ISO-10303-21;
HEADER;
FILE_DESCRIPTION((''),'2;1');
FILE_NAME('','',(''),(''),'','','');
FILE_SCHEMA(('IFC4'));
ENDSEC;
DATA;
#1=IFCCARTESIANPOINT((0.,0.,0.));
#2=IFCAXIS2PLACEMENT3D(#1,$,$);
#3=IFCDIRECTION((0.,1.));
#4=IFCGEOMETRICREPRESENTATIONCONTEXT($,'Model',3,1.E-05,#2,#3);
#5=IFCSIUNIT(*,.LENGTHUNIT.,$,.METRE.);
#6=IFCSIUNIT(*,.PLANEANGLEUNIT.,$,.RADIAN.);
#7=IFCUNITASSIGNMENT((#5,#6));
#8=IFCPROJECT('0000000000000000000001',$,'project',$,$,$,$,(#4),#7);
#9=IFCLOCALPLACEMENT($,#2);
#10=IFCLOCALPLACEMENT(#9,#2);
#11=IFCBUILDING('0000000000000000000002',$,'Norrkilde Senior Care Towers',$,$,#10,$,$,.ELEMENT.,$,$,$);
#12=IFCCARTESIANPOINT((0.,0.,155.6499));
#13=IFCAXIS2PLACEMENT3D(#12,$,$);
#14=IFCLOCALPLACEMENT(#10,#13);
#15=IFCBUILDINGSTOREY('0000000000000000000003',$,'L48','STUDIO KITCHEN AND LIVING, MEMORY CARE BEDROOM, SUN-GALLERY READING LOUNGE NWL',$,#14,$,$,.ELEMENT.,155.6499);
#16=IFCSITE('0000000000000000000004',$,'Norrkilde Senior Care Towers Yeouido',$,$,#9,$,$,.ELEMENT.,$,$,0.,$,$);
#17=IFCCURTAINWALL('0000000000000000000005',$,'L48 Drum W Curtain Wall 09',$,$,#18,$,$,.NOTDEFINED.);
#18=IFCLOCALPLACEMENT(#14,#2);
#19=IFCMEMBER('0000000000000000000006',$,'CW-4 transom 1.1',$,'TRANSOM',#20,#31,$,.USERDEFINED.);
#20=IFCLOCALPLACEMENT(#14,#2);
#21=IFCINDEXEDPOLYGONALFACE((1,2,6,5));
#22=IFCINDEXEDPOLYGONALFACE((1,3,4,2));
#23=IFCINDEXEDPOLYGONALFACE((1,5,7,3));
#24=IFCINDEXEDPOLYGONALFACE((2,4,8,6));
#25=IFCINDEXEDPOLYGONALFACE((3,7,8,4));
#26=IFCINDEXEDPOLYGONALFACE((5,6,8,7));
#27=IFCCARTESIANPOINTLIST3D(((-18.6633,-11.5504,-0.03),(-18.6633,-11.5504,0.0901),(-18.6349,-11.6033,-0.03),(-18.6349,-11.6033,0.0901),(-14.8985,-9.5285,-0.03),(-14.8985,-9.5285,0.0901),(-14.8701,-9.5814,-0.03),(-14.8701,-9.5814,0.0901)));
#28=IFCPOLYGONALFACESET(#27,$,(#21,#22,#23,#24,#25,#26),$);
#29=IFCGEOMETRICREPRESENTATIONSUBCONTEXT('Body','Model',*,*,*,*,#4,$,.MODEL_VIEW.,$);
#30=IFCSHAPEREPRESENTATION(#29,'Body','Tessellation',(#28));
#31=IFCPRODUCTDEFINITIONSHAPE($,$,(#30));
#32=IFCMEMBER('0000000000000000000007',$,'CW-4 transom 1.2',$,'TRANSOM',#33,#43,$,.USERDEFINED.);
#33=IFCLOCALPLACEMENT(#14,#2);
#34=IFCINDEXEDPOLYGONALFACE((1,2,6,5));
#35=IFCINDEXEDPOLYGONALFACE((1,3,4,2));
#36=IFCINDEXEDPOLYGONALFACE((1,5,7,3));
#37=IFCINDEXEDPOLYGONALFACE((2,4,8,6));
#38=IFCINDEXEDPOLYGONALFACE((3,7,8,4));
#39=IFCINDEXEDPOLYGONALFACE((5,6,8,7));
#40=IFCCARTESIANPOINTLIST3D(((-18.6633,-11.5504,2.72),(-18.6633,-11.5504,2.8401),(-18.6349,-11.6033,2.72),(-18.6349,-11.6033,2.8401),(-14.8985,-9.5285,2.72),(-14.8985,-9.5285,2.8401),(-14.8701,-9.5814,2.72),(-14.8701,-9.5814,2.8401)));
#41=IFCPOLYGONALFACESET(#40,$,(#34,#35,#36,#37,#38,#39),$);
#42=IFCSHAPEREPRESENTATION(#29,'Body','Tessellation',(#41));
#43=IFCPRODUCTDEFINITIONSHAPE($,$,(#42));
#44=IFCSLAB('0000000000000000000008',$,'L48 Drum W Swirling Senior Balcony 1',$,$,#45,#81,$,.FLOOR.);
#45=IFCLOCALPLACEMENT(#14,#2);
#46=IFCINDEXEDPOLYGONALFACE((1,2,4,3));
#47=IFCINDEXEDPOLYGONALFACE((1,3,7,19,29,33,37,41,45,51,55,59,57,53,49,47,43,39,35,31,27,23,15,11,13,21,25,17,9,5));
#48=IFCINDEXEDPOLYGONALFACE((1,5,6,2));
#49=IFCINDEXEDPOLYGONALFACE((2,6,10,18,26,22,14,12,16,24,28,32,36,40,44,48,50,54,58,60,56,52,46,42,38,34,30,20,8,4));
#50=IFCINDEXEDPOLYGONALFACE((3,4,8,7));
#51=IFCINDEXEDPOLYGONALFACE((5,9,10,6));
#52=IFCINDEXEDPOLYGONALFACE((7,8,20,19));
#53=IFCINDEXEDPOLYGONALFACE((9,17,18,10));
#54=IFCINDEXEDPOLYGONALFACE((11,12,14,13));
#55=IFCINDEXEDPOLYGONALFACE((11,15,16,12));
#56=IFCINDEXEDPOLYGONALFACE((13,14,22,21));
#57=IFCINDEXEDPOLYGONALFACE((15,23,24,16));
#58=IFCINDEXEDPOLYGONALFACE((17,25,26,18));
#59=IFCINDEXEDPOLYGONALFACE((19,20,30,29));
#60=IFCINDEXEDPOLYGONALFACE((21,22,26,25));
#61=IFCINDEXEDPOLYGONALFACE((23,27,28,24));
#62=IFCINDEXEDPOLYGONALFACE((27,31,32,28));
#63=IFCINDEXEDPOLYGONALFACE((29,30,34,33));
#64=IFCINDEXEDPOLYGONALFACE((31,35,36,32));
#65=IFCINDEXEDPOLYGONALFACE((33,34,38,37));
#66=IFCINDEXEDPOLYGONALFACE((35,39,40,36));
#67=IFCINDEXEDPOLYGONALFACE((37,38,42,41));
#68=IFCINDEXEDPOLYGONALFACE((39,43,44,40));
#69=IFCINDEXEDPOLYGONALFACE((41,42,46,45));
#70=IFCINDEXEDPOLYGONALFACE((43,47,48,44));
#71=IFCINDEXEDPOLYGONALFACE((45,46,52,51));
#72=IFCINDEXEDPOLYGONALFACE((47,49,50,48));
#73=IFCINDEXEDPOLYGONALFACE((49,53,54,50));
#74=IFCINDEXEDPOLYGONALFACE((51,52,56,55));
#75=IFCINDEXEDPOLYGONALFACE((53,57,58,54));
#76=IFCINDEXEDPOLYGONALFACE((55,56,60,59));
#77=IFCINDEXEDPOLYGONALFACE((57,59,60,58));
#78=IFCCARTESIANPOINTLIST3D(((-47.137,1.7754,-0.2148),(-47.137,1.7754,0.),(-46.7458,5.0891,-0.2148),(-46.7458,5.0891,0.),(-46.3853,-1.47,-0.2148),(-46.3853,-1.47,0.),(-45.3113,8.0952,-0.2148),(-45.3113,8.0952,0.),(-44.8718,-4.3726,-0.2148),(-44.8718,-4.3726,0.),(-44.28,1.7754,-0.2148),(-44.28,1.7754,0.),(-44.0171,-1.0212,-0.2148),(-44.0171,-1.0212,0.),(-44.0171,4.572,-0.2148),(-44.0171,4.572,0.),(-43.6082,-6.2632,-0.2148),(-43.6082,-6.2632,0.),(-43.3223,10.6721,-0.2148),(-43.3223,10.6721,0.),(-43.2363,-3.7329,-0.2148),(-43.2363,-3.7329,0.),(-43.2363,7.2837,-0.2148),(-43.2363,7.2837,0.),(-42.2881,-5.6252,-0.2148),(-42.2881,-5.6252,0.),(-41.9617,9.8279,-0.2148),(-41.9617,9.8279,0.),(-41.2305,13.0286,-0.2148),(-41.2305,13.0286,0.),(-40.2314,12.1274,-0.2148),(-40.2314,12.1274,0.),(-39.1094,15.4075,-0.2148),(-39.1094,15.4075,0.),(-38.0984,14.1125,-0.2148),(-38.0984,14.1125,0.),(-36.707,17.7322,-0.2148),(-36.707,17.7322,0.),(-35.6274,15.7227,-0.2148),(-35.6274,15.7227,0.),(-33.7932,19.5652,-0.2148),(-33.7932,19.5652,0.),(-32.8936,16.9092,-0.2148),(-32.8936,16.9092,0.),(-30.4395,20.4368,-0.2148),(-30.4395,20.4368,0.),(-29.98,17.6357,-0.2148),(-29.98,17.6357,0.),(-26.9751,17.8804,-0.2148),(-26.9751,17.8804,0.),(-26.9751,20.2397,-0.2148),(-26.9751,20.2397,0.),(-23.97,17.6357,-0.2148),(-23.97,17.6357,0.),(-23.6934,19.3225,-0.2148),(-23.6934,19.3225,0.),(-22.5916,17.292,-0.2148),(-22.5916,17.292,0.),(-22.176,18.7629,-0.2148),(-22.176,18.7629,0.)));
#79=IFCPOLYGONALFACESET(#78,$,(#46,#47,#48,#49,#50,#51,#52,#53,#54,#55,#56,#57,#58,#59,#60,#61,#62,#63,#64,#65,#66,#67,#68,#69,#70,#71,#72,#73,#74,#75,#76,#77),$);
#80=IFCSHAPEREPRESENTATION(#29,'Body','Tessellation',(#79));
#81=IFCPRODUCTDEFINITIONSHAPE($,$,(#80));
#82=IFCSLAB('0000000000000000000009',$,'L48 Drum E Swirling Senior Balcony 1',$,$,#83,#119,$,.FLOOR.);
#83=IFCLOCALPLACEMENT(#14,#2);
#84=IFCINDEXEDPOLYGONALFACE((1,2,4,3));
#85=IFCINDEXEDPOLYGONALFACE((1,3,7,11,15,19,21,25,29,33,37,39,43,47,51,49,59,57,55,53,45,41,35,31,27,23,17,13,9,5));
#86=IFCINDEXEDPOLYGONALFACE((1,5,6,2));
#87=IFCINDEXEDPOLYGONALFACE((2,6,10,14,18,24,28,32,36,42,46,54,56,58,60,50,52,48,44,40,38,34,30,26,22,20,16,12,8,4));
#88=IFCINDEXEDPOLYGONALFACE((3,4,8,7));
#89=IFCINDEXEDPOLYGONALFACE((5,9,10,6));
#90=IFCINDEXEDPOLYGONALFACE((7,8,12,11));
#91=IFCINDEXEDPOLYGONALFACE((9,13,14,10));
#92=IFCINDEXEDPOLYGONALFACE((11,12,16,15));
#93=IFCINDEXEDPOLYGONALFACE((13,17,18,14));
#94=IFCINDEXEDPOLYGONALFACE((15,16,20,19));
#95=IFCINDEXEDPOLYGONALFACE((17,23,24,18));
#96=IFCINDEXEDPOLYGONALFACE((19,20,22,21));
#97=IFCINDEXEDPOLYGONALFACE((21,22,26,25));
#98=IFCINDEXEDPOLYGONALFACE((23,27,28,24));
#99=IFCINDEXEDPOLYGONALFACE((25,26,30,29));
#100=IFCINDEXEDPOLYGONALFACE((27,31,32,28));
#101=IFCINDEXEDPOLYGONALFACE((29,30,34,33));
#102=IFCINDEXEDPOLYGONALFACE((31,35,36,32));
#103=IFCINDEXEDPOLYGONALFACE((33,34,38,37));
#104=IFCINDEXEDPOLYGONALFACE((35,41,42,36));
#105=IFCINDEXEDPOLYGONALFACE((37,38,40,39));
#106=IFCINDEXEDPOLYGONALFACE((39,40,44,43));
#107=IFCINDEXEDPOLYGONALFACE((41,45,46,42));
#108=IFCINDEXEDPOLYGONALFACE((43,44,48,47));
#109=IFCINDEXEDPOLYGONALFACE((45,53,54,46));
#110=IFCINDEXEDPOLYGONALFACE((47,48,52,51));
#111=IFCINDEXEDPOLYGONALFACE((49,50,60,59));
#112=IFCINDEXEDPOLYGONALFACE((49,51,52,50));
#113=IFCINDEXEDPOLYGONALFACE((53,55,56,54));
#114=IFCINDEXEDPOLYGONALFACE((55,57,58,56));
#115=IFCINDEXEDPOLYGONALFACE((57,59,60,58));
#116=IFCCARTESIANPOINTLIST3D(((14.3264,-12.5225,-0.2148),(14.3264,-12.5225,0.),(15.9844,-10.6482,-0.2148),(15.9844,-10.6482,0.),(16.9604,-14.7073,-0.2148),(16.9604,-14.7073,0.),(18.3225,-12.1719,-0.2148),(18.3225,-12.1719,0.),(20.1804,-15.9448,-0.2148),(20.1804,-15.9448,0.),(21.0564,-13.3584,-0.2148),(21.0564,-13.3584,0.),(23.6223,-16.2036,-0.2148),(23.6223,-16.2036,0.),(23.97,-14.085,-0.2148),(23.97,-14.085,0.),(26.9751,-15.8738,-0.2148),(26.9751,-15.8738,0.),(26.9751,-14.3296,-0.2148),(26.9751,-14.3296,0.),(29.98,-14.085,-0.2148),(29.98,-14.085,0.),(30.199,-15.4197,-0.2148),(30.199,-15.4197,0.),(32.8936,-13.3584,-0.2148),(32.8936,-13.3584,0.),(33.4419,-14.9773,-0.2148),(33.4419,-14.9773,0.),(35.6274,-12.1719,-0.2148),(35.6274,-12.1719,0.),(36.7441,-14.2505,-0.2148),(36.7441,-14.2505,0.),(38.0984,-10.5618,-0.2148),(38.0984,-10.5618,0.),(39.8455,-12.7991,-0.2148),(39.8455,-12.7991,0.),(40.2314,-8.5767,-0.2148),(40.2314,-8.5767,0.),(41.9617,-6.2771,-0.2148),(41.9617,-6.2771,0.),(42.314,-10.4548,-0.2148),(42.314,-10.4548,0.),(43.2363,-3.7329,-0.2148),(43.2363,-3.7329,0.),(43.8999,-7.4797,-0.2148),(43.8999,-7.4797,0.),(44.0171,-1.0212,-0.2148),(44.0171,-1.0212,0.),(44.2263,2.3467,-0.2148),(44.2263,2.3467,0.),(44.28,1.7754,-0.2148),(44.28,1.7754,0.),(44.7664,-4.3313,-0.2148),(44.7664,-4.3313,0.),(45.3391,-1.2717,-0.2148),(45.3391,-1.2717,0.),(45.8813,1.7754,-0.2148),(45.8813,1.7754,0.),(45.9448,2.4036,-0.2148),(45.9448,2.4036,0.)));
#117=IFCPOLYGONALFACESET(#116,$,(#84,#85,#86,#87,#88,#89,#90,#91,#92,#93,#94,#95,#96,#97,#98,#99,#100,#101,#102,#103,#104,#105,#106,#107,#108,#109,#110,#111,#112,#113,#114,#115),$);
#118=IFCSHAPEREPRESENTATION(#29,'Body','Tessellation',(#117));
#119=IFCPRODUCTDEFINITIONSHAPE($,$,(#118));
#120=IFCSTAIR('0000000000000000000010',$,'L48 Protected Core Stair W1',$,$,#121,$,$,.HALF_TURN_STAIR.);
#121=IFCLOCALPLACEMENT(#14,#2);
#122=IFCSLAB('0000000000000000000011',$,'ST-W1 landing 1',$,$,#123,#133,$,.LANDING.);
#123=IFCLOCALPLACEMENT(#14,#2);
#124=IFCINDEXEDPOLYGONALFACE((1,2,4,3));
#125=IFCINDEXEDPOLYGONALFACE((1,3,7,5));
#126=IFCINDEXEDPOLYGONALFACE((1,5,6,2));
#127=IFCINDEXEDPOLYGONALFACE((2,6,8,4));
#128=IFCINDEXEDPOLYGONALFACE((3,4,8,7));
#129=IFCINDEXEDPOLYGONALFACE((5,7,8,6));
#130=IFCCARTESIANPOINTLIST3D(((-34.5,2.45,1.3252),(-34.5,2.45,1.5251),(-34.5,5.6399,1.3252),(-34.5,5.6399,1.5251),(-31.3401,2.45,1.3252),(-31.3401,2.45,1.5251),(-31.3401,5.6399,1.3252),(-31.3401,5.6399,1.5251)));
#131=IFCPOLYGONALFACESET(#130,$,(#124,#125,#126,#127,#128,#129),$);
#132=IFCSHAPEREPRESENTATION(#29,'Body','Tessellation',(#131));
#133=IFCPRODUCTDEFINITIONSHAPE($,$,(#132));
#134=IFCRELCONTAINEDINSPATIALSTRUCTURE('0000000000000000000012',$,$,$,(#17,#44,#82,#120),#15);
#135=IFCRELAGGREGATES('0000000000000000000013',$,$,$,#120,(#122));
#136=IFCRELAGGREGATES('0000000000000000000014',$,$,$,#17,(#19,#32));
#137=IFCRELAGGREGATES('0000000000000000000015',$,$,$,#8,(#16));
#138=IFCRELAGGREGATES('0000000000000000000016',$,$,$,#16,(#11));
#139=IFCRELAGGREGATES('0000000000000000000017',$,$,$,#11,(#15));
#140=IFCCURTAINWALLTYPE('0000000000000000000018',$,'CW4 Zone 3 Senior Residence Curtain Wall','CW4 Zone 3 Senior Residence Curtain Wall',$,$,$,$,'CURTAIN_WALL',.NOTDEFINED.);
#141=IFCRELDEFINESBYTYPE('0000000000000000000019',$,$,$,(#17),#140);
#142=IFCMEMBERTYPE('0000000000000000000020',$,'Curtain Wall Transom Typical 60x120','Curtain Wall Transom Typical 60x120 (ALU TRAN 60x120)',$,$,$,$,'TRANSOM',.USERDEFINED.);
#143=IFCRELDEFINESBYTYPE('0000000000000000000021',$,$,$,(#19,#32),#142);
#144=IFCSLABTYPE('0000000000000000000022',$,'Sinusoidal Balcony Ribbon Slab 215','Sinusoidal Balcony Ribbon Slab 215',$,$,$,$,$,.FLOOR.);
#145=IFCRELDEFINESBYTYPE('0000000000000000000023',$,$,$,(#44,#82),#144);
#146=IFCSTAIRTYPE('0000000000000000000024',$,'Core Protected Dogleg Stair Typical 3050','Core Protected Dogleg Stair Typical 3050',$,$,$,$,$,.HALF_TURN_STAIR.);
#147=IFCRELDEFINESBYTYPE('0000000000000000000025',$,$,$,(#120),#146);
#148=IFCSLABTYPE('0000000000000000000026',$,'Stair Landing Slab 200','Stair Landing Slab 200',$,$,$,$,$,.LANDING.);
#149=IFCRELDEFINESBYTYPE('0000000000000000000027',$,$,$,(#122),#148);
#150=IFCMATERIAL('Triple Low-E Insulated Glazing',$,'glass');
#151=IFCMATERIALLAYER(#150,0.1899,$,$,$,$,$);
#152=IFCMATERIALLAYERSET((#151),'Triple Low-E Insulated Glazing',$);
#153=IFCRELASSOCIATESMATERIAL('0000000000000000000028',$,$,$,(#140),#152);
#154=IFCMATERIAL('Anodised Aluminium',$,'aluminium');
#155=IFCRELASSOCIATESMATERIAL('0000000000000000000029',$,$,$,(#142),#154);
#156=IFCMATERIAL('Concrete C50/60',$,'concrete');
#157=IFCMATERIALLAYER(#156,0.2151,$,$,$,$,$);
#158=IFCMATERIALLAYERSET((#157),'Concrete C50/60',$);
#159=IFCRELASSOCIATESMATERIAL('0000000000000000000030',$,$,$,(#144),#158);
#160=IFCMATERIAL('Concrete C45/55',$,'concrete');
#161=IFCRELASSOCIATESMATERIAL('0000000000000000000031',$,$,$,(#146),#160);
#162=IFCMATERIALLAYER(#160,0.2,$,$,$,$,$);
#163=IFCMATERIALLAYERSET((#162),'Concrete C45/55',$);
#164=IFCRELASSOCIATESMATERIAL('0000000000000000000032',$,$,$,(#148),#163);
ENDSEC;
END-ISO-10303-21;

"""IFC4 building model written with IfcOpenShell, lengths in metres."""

from ifc_helpers import new_model, si_unit, direction, frame, origin, origin_2d, place, context, subcontext, project, spatial, polyline, rectangle, outline, extrude, source, transform, mapped, material, layer, layer_set, material_profile, profile_set, type_object, element, aggregate, save


model = new_model("IFC4")

# Units and contexts
model_context = context("Model", 3, precision=1e-05, world=origin(), true_north=direction((0.0, 1.0)))
body_context = subcontext(model_context, "Body", "Model", "MODEL_VIEW")
ifc_project = project(units=[si_unit("LENGTHUNIT", "METRE"), si_unit("PLANEANGLEUNIT", "RADIAN")], contexts=[model_context])

# Site, building, storey
site_placement = place(None, origin())
site = spatial("IfcSite", under=ifc_project, at=site_placement, Name="Norrkilde Senior Care Towers Yeouido", CompositionType="ELEMENT", RefElevation=0.0)
building_placement = place(site_placement, origin())
building = spatial("IfcBuilding", under=site, at=building_placement, Name="Norrkilde Senior Care Towers", CompositionType="ELEMENT")
storey_placement = place(building_placement, frame((0.0, 0.0, 155.6499)))
storey = spatial("IfcBuildingStorey", under=building, at=storey_placement, Name="L48", Description="STUDIO KITCHEN AND LIVING, MEMORY CARE BEDROOM, SUN-GALLERY READING LOUNGE NWL", CompositionType="ELEMENT", Elevation=155.6499)

# Shared definitions
ifc_material_1 = material(Name="Concrete C50/60", Category="concrete")

# Curtain wall
ifc_material_2 = material(Name="Triple Low-E Insulated Glazing", Category="glass")
ifc_layer_1 = layer(ifc_material_2, 0.1899)
ifc_layer_set_1 = layer_set([ifc_layer_1], Name="Triple Low-E Insulated Glazing")
curtain_wall_type = type_object("IfcCurtainWallType", Name="CW4 Zone 3 Senior Residence Curtain Wall", Description="CW4 Zone 3 Senior Residence Curtain Wall", ElementType="CURTAIN_WALL", PredefinedType="NOTDEFINED", material=ifc_layer_set_1)
curtain_wall_1_placement = place(storey_placement, origin())
curtain_wall_1 = element("IfcCurtainWall", 1, at=curtain_wall_1_placement, inside=storey, type_object=curtain_wall_type, Name="L48 Drum W Curtain Wall 09", PredefinedType="NOTDEFINED")
ifc_material_3 = material(Name="Anodised Aluminium", Category="aluminium")

# Members
ifc_material_profile_1 = material_profile(ifc_material_3, rectangle(XDim=0.0601, YDim=0.1201, at=origin_2d()), Name="ALU TRAN 60x120")
ifc_profile_set_1 = profile_set([ifc_material_profile_1], Name="Anodised Aluminium")
member_type_1 = type_object("IfcMemberType", Name="Curtain Wall Transom Typical 60x120", Description="Curtain Wall Transom Typical 60x120 (ALU TRAN 60x120)", ElementType="TRANSOM", PredefinedType="USERDEFINED", material=ifc_profile_set_1)
shared_shape_1 = source(origin(), body_context, "Body", "SweptSolid", [
    extrude(rectangle(XDim=0.0601, YDim=0.1201, at=origin_2d()), origin(), (0.0, 0.0, 1.0), 4.2734),
])
member_1_placement = place(storey_placement, frame((-14.8843, -9.5549, 0.03), z_axis=(-0.880986, -0.473142, 0.0), x_axis=(0.473142, -0.880986, 0.0)))
member_1 = element("IfcMember", 2, at=member_1_placement, type_object=member_type_1, Name="CW-4 transom 1.1", ObjectType="TRANSOM", PredefinedType="USERDEFINED", context=body_context, shape_type="MappedRepresentation", body=[
    mapped(shared_shape_1, transform((0.0, 0.0, 0.0), x_axis=(1.0, 0.0, 0.0), y_axis=(0.0, 1.0, 0.0), z_axis=(0.0, 0.0, 1.0), scale=1.0)),
])
member_2_placement = place(storey_placement, frame((-14.8843, -9.5549, 2.78), z_axis=(-0.880986, -0.473142, 0.0), x_axis=(0.473142, -0.880986, 0.0)))
member_2 = element("IfcMember", 3, at=member_2_placement, type_object=member_type_1, Name="CW-4 transom 1.2", ObjectType="TRANSOM", PredefinedType="USERDEFINED", context=body_context, shape_type="MappedRepresentation", body=[
    mapped(shared_shape_1, transform((0.0, 0.0, 0.0), x_axis=(1.0, 0.0, 0.0), y_axis=(0.0, 1.0, 0.0), z_axis=(0.0, 0.0, 1.0), scale=1.0)),
])

# Slabs
ifc_layer_2 = layer(ifc_material_1, 0.2151)
ifc_layer_set_2 = layer_set([ifc_layer_2], Name="Concrete C50/60")
slab_type_1 = type_object("IfcSlabType", Name="Sinusoidal Balcony Ribbon Slab 215", Description="Sinusoidal Balcony Ribbon Slab 215", PredefinedType="FLOOR", material=ifc_layer_set_2)
slab_1_placement = place(storey_placement, frame((0.0, 0.0, -0.2148)))
element("IfcSlab", 4, at=slab_1_placement, inside=storey, type_object=slab_type_1, Name="L48 Drum W Swirling Senior Balcony 1", PredefinedType="FLOOR", context=body_context, shape_type="SweptSolid", body=[
    extrude(outline(polyline([(-46.3853, -1.47), (-47.137, 1.7754), (-46.7458, 5.0891), (-45.3113, 8.0952), (-43.3223, 10.6721), (-41.2305, 13.0286), (-39.1094, 15.4075), (-36.707, 17.7322), (-33.7932, 19.5652), (-30.4395, 20.4368), (-26.9751, 20.2397), (-23.6934, 19.3225), (-22.176, 18.7629), (-22.5916, 17.292), (-23.97, 17.6357), (-26.9751, 17.8804), (-29.98, 17.6357), (-32.8936, 16.9092), (-35.6274, 15.7227), (-38.0984, 14.1125), (-40.2314, 12.1274), (-41.9617, 9.8279), (-43.2363, 7.2837), (-44.0171, 4.572), (-44.28, 1.7754), (-44.0171, -1.0212), (-43.2363, -3.7329), (-42.2881, -5.6252), (-43.6082, -6.2632), (-44.8718, -4.3726), (-46.3853, -1.47)])), origin(), (0.0, 0.0, 1.0), 0.2148),
])
slab_2_placement = place(storey_placement, frame((0.0, 0.0, -0.2148)))
element("IfcSlab", 5, at=slab_2_placement, inside=storey, type_object=slab_type_1, Name="L48 Drum E Swirling Senior Balcony 1", PredefinedType="FLOOR", context=body_context, shape_type="SweptSolid", body=[
    extrude(outline(polyline([(43.8999, -7.4797), (42.314, -10.4548), (39.8455, -12.7991), (36.7441, -14.2505), (33.4419, -14.9773), (30.199, -15.4197), (26.9751, -15.8738), (23.6223, -16.2036), (20.1804, -15.9448), (16.9604, -14.7073), (14.3264, -12.5225), (15.9844, -10.6482), (18.3225, -12.1719), (21.0564, -13.3584), (23.97, -14.085), (26.9751, -14.3296), (29.98, -14.085), (32.8936, -13.3584), (35.6274, -12.1719), (38.0984, -10.5618), (40.2314, -8.5767), (41.9617, -6.2771), (43.2363, -3.7329), (44.0171, -1.0212), (44.28, 1.7754), (44.2263, 2.3467), (45.9448, 2.4036), (45.8813, 1.7754), (45.3391, -1.2717), (44.7664, -4.3313), (43.8999, -7.4797)])), origin(), (0.0, 0.0, 1.0), 0.2148),
])

# Stair, slab
ifc_material_4 = material(Name="Concrete C45/55", Category="concrete")
stair_type = type_object("IfcStairType", Name="Core Protected Dogleg Stair Typical 3050", Description="Core Protected Dogleg Stair Typical 3050", PredefinedType="HALF_TURN_STAIR", material=ifc_material_4)
stair_placement = place(storey_placement, origin())
stair = element("IfcStair", 6, at=stair_placement, inside=storey, type_object=stair_type, Name="L48 Protected Core Stair W1", PredefinedType="HALF_TURN_STAIR")
ifc_layer_3 = layer(ifc_material_4, 0.2)
ifc_layer_set_3 = layer_set([ifc_layer_3], Name="Concrete C45/55")
slab_type_2 = type_object("IfcSlabType", Name="Stair Landing Slab 200", Description="Stair Landing Slab 200", PredefinedType="LANDING", material=ifc_layer_set_3)
slab_3_placement = place(storey_placement, frame((0.0, 0.0, 1.3252)))
slab_3 = element("IfcSlab", 7, at=slab_3_placement, type_object=slab_type_2, Name="ST-W1 landing 1", PredefinedType="LANDING", context=body_context, shape_type="SweptSolid", body=[
    extrude(outline(polyline([(-31.3401, 5.6399), (-34.5, 5.6399), (-34.5, 2.45), (-31.3401, 2.45), (-31.3401, 5.6399)])), origin(), (0.0, 0.0, 1.0), 0.2),
])
aggregate(stair, [slab_3])

aggregate(curtain_wall_1, [member_1, member_2])

save(model, "model.ifc")
